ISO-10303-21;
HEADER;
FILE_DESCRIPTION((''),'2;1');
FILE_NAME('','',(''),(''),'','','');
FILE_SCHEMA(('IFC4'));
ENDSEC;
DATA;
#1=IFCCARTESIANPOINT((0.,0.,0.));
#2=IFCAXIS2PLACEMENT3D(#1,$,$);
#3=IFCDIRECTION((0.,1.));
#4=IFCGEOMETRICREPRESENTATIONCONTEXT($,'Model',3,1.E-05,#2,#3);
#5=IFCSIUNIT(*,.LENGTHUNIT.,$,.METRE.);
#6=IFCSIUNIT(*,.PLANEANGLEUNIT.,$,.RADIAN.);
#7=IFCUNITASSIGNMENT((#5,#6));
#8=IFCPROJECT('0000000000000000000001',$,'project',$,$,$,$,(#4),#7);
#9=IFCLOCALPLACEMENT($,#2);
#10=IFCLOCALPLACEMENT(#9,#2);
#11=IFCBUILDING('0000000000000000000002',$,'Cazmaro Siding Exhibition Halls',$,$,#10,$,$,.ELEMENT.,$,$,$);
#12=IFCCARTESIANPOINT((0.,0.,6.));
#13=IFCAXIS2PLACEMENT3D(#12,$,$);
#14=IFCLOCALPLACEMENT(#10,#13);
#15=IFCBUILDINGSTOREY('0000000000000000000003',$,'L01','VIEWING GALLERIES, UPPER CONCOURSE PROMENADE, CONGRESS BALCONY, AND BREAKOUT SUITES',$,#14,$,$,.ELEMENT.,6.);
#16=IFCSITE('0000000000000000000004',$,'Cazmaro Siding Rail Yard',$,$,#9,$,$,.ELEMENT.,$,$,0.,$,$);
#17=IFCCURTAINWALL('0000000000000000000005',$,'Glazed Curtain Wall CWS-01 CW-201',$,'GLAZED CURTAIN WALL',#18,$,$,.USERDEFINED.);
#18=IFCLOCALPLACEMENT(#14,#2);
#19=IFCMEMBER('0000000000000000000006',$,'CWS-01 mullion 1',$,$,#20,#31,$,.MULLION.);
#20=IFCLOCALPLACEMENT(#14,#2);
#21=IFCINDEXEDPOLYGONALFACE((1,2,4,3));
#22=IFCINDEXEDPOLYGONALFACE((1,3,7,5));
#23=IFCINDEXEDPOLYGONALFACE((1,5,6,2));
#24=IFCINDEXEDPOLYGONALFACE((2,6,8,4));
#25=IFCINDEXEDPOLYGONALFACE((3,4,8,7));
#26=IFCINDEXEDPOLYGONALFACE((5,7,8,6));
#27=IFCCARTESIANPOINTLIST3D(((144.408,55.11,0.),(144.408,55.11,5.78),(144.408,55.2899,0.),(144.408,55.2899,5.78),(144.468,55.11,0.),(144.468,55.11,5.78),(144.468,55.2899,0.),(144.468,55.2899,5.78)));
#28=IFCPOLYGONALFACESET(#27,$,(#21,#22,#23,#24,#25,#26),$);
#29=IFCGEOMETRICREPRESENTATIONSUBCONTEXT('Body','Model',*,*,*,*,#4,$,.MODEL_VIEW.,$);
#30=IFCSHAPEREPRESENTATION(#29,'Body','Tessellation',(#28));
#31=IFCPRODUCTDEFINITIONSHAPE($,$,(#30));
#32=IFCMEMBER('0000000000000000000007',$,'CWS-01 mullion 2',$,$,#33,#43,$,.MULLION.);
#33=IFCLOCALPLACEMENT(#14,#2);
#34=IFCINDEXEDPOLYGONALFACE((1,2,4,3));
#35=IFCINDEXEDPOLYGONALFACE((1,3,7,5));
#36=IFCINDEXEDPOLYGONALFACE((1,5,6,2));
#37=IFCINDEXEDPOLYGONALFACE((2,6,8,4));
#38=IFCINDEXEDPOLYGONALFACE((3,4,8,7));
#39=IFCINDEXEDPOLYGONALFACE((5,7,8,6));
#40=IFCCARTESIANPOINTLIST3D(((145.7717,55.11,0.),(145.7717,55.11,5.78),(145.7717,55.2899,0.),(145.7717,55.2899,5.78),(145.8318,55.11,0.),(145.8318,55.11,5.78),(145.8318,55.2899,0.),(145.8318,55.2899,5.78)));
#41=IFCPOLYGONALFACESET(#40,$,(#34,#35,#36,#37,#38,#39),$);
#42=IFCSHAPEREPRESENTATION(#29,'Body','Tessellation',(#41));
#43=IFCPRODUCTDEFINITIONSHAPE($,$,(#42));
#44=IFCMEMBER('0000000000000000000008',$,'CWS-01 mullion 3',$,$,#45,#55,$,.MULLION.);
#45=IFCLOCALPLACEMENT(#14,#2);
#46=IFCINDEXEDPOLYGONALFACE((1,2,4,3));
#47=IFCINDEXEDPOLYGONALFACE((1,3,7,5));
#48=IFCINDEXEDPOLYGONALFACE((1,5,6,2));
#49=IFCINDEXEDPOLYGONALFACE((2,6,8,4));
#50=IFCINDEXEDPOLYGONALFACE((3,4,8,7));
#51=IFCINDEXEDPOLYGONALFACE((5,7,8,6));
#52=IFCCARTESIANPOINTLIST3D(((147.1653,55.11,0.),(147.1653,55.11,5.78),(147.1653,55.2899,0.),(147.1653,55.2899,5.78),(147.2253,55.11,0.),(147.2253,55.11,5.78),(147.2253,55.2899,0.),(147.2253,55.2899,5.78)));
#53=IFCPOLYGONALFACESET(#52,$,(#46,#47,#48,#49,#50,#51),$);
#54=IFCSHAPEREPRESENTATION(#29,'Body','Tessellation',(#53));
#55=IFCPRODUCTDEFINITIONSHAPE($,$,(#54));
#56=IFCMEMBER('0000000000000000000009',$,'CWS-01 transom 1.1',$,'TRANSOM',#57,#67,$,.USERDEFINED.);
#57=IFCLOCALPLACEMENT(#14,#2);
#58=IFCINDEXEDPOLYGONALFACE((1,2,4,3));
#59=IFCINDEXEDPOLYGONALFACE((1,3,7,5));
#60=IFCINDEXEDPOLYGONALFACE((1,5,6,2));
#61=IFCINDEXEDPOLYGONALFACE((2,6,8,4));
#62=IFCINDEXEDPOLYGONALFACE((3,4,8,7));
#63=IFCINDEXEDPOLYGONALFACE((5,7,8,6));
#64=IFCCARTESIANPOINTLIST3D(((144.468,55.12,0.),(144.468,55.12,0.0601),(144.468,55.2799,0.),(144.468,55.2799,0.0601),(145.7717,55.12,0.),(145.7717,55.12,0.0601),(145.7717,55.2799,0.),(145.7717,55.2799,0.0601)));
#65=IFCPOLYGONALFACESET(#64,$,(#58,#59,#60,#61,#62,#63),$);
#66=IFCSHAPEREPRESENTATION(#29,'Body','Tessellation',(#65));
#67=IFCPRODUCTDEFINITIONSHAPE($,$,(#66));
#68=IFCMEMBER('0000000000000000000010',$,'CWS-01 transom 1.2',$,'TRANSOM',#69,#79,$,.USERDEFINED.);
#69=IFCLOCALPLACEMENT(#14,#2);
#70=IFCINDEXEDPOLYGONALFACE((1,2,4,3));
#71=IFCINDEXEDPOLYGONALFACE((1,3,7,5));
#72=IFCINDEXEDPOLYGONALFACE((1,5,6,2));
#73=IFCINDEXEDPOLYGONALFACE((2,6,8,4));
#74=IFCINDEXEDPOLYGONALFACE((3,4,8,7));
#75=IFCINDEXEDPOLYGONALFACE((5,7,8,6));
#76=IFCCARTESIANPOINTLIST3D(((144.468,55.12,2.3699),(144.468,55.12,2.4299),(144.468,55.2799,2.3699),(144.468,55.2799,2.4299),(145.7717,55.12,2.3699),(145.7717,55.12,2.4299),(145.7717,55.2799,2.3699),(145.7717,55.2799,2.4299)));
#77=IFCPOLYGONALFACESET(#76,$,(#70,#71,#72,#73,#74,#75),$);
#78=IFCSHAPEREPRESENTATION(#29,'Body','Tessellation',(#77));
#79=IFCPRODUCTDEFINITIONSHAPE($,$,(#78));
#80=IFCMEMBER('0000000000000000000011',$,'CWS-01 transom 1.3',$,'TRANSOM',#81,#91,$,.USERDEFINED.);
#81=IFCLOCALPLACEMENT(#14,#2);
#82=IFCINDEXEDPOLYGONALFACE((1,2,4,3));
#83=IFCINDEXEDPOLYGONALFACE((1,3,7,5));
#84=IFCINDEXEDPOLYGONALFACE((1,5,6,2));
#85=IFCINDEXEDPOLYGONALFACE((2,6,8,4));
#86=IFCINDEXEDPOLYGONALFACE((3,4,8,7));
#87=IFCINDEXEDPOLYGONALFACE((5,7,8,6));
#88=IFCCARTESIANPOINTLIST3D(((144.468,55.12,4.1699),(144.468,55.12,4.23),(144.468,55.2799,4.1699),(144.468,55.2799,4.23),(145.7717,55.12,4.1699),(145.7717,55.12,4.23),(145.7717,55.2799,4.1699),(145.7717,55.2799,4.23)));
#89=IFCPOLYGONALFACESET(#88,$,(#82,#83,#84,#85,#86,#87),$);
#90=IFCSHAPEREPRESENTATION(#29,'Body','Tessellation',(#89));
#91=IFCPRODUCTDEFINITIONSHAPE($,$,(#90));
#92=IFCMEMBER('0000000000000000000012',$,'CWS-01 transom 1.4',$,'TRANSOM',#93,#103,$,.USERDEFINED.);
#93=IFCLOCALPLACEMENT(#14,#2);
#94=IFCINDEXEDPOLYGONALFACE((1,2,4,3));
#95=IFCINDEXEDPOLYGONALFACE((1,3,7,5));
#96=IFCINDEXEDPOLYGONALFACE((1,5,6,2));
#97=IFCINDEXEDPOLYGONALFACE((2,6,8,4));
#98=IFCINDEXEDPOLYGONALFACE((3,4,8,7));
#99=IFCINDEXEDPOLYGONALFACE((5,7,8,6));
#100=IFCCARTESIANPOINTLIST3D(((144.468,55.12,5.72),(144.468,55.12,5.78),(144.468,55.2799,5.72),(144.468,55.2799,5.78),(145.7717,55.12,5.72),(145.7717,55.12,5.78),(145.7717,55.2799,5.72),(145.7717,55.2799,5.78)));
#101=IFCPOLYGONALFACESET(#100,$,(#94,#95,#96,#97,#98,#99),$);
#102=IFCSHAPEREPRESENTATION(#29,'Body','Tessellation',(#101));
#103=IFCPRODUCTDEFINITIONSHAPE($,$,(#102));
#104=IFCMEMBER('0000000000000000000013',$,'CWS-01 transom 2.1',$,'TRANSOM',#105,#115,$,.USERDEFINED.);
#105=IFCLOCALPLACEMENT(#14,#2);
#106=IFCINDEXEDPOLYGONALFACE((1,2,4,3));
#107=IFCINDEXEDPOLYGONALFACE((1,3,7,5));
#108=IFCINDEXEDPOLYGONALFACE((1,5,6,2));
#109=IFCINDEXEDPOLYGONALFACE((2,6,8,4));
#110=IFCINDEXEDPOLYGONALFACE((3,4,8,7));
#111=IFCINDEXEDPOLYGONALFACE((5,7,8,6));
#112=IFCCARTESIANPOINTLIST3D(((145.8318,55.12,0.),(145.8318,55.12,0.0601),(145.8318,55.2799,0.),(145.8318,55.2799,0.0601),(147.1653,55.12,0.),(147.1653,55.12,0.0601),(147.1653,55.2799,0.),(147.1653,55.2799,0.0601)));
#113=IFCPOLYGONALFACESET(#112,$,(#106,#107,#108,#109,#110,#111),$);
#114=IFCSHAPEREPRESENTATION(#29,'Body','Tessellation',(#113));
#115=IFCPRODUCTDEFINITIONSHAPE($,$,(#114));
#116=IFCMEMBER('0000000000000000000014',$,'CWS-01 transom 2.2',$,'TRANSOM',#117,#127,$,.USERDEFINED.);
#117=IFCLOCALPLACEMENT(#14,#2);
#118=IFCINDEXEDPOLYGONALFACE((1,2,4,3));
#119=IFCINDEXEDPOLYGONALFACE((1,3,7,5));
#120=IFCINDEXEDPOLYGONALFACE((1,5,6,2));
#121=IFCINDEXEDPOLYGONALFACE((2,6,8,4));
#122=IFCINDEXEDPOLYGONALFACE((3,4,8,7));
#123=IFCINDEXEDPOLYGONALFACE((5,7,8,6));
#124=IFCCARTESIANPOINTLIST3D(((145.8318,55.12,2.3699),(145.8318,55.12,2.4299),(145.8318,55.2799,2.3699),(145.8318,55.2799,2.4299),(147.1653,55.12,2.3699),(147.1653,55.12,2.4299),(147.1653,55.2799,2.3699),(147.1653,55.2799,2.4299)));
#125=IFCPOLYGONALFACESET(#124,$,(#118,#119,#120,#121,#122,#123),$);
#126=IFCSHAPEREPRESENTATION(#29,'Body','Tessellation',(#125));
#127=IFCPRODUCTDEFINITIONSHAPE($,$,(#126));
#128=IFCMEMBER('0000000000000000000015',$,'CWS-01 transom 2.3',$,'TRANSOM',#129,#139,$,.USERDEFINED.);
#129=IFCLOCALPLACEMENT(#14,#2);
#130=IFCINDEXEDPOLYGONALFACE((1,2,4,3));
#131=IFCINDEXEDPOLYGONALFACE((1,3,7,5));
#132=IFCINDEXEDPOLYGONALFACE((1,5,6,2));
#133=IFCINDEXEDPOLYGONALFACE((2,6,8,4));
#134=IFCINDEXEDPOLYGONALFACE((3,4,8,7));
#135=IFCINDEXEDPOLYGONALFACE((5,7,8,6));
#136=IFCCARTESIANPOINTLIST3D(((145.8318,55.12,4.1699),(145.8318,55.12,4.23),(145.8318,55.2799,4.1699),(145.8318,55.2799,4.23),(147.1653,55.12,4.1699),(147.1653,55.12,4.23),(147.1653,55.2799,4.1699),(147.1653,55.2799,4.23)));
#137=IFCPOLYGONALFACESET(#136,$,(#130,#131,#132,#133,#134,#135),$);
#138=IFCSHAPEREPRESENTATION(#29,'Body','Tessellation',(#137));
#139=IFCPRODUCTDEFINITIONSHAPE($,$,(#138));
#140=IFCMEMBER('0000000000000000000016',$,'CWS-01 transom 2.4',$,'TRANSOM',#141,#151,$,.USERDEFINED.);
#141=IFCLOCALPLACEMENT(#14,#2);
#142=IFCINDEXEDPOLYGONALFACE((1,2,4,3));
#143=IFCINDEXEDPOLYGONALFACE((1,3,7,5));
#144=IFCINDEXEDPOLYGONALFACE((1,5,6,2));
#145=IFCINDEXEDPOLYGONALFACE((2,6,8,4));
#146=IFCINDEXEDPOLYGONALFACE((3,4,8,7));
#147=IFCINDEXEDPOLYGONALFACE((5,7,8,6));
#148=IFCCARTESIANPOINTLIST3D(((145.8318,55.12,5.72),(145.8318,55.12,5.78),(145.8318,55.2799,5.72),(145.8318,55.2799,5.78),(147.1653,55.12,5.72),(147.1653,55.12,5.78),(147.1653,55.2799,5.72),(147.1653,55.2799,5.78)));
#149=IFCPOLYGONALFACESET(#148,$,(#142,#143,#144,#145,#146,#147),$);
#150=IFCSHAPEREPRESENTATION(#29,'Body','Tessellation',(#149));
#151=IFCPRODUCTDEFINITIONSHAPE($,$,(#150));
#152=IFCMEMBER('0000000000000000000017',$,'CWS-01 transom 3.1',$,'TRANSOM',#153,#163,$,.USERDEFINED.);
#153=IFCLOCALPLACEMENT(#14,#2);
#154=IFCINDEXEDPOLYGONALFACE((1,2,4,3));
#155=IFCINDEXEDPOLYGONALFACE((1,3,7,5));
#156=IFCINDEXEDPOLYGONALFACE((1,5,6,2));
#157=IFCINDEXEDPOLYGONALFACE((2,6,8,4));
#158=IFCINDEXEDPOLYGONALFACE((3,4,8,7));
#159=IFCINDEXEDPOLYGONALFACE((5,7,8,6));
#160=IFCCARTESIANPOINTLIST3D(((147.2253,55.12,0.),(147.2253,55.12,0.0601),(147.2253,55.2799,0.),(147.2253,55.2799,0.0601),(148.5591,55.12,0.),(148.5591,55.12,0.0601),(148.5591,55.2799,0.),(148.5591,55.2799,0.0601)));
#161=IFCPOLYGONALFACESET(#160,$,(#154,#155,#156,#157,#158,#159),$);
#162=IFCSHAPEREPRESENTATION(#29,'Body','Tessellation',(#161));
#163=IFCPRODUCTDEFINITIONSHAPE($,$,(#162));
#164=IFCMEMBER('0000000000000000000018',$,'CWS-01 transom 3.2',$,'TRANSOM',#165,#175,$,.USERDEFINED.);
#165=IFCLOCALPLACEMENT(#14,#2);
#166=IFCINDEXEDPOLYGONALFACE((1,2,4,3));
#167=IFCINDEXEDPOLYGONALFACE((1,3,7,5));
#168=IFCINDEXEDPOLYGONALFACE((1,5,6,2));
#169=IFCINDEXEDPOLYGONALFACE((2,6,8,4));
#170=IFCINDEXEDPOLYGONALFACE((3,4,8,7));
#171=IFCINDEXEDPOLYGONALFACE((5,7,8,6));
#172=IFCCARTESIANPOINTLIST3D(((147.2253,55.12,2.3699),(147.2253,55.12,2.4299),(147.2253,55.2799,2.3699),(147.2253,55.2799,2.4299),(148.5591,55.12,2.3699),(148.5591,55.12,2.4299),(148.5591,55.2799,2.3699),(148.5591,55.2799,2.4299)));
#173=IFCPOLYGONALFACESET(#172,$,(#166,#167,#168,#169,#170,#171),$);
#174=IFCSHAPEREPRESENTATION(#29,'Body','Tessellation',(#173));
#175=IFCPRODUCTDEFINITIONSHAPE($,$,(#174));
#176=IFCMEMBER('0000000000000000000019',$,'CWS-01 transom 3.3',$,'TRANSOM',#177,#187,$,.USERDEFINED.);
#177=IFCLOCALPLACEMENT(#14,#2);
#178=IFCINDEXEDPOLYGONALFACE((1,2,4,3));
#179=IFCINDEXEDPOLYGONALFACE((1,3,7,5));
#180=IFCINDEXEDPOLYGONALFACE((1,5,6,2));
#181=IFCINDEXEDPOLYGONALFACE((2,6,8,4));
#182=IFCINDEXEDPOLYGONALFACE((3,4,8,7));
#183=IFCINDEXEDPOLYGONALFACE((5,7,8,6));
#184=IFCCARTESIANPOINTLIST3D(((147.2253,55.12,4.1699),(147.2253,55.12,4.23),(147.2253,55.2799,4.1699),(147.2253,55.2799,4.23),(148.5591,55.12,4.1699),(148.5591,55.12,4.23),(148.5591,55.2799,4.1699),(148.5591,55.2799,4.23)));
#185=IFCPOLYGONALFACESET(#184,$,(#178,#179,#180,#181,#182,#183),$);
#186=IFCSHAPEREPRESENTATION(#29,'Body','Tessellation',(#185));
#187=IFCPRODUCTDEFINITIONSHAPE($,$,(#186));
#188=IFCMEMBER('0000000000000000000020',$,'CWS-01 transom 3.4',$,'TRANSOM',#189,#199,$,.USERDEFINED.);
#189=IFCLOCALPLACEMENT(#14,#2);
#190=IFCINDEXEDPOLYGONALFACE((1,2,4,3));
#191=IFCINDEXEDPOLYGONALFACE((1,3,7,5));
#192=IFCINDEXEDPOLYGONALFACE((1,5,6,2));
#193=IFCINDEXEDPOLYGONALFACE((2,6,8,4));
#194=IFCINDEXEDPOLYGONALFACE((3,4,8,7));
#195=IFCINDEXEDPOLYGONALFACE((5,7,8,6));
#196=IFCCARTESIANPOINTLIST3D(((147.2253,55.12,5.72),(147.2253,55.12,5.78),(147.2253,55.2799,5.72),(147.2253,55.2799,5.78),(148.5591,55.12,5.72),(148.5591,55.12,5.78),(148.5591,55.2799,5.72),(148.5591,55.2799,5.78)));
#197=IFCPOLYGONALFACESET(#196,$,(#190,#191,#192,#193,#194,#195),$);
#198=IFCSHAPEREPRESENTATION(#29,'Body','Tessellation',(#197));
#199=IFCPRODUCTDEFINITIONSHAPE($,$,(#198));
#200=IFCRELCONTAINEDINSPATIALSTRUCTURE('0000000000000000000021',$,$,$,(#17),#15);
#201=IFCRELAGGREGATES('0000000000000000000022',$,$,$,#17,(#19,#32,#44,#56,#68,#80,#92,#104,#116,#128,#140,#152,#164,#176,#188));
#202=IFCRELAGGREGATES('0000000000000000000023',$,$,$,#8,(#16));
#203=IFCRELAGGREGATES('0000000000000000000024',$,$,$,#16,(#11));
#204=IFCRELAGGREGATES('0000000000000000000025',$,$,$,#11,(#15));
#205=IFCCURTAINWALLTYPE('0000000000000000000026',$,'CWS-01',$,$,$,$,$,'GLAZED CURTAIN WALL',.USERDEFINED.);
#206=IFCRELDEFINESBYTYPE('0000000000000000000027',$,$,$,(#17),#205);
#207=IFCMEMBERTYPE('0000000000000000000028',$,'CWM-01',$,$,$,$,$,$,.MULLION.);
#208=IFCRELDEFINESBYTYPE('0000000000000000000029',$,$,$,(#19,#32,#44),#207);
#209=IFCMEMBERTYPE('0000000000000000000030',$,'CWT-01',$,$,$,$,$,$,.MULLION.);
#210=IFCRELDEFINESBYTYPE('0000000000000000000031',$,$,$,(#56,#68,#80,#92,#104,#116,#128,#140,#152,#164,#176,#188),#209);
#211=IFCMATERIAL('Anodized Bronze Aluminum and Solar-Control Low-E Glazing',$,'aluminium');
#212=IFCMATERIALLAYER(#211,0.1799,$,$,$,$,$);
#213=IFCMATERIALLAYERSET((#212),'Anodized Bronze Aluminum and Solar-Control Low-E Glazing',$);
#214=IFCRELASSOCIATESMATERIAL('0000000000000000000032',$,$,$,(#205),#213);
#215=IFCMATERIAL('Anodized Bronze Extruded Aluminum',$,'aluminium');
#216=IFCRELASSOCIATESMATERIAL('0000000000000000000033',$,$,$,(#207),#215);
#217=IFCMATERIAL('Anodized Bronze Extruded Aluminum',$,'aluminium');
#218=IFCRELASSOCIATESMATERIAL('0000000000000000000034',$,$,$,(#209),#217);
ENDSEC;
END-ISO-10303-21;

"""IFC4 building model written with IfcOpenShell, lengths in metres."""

from ifc_helpers import new_model, si_unit, direction, frame, origin, origin_2d, place, context, subcontext, project, spatial, rectangle, extrude, material, layer, layer_set, material_profile, profile_set, type_object, element, aggregate, save


model = new_model("IFC4")

# Units and contexts
model_context = context("Model", 3, precision=1e-05, world=origin(), true_north=direction((0.0, 1.0)))
body_context = subcontext(model_context, "Body", "Model", "MODEL_VIEW")
ifc_project = project(units=[si_unit("LENGTHUNIT", "METRE"), si_unit("PLANEANGLEUNIT", "RADIAN")], contexts=[model_context])

# Site, building, storey
site_placement = place(None, origin())
site = spatial("IfcSite", under=ifc_project, at=site_placement, Name="Cazmaro Siding Rail Yard", CompositionType="ELEMENT", RefElevation=0.0)
building_placement = place(site_placement, origin())
building = spatial("IfcBuilding", under=site, at=building_placement, Name="Cazmaro Siding Exhibition Halls", CompositionType="ELEMENT")
storey_placement = place(building_placement, frame((0.0, 0.0, 6.0)))
storey = spatial("IfcBuildingStorey", under=building, at=storey_placement, Name="L01", Description="VIEWING GALLERIES, UPPER CONCOURSE PROMENADE, CONGRESS BALCONY, AND BREAKOUT SUITES", CompositionType="ELEMENT", Elevation=6.0)

# Curtain wall, members
ifc_material_1 = material(Name="Anodized Bronze Aluminum and Solar-Control Low-E Glazing", Category="aluminium")
ifc_layer_1 = layer(ifc_material_1, 0.1799)
ifc_layer_set_1 = layer_set([ifc_layer_1], Name="Anodized Bronze Aluminum and Solar-Control Low-E Glazing")
curtain_wall_type = type_object("IfcCurtainWallType", Name="CWS-01", ElementType="GLAZED CURTAIN WALL", PredefinedType="USERDEFINED", material=ifc_layer_set_1)
curtain_wall_placement = place(storey_placement, origin())
curtain_wall = element("IfcCurtainWall", 1, at=curtain_wall_placement, inside=storey, type_object=curtain_wall_type, Name="Glazed Curtain Wall CWS-01 CW-201", ObjectType="GLAZED CURTAIN WALL", PredefinedType="USERDEFINED")
ifc_material_2 = material(Name="Anodized Bronze Extruded Aluminum", Category="aluminium")
ifc_material_profile_1 = material_profile(ifc_material_2, rectangle(XDim=0.1799, YDim=0.0601, at=origin_2d()), Name="CWM-01")
ifc_profile_set_1 = profile_set([ifc_material_profile_1], Name="Anodized Bronze Extruded Aluminum")
member_type_1 = type_object("IfcMemberType", Name="CWM-01", PredefinedType="MULLION", material=ifc_profile_set_1)
member_1_placement = place(storey_placement, frame((144.438, 55.2, 0.0), z_axis=(0.0, 0.0, 1.0), x_axis=(0.0, 1.0, 0.0)))
member_1 = element("IfcMember", 2, at=member_1_placement, type_object=member_type_1, Name="CWS-01 mullion 1", PredefinedType="MULLION", context=body_context, shape_type="SweptSolid", body=[
    extrude(rectangle(XDim=0.1799, YDim=0.0601, at=origin_2d()), origin(), (0.0, 0.0, 1.0), 5.78),
])
member_2_placement = place(storey_placement, frame((145.8018, 55.2, 0.0), z_axis=(0.0, 0.0, 1.0), x_axis=(0.0, 1.0, 0.0)))
member_2 = element("IfcMember", 3, at=member_2_placement, type_object=member_type_1, Name="CWS-01 mullion 2", PredefinedType="MULLION", context=body_context, shape_type="SweptSolid", body=[
    extrude(rectangle(XDim=0.1799, YDim=0.0601, at=origin_2d()), origin(), (0.0, 0.0, 1.0), 5.78),
])
member_3_placement = place(storey_placement, frame((147.1953, 55.2, 0.0), z_axis=(0.0, 0.0, 1.0), x_axis=(0.0, 1.0, 0.0)))
member_3 = element("IfcMember", 4, at=member_3_placement, type_object=member_type_1, Name="CWS-01 mullion 3", PredefinedType="MULLION", context=body_context, shape_type="SweptSolid", body=[
    extrude(rectangle(XDim=0.1799, YDim=0.0601, at=origin_2d()), origin(), (0.0, 0.0, 1.0), 5.78),
])
ifc_material_3 = material(Name="Anodized Bronze Extruded Aluminum", Category="aluminium")
ifc_material_profile_2 = material_profile(ifc_material_3, rectangle(XDim=0.1599, YDim=0.0601, at=origin_2d()), Name="CWT-01")
ifc_profile_set_2 = profile_set([ifc_material_profile_2], Name="Anodized Bronze Extruded Aluminum")
member_type_2 = type_object("IfcMemberType", Name="CWT-01", PredefinedType="MULLION", material=ifc_profile_set_2)
member_4_placement = place(storey_placement, frame((144.468, 55.2, 0.03), z_axis=(1.0, 0.0, 0.0), x_axis=(0.0, 1.0, 0.0)))
member_4 = element("IfcMember", 5, at=member_4_placement, type_object=member_type_2, Name="CWS-01 transom 1.1", ObjectType="TRANSOM", PredefinedType="USERDEFINED", context=body_context, shape_type="SweptSolid", body=[
    extrude(rectangle(XDim=0.1599, YDim=0.0601, at=origin_2d()), origin(), (0.0, 0.0, 1.0), 1.3037),
])
member_5_placement = place(storey_placement, frame((144.468, 55.2, 2.3999), z_axis=(1.0, 0.0, 0.0), x_axis=(0.0, 1.0, 0.0)))
member_5 = element("IfcMember", 6, at=member_5_placement, type_object=member_type_2, Name="CWS-01 transom 1.2", ObjectType="TRANSOM", PredefinedType="USERDEFINED", context=body_context, shape_type="SweptSolid", body=[
    extrude(rectangle(XDim=0.1599, YDim=0.0601, at=origin_2d()), origin(), (0.0, 0.0, 1.0), 1.3037),
])
member_6_placement = place(storey_placement, frame((144.468, 55.2, 4.2), z_axis=(1.0, 0.0, 0.0), x_axis=(0.0, 1.0, 0.0)))
member_6 = element("IfcMember", 7, at=member_6_placement, type_object=member_type_2, Name="CWS-01 transom 1.3", ObjectType="TRANSOM", PredefinedType="USERDEFINED", context=body_context, shape_type="SweptSolid", body=[
    extrude(rectangle(XDim=0.1599, YDim=0.0601, at=origin_2d()), origin(), (0.0, 0.0, 1.0), 1.3037),
])
member_7_placement = place(storey_placement, frame((144.468, 55.2, 5.75), z_axis=(1.0, 0.0, 0.0), x_axis=(0.0, 1.0, 0.0)))
member_7 = element("IfcMember", 8, at=member_7_placement, type_object=member_type_2, Name="CWS-01 transom 1.4", ObjectType="TRANSOM", PredefinedType="USERDEFINED", context=body_context, shape_type="SweptSolid", body=[
    extrude(rectangle(XDim=0.1599, YDim=0.0601, at=origin_2d()), origin(), (0.0, 0.0, 1.0), 1.3037),
])
member_8_placement = place(storey_placement, frame((145.8318, 55.2, 0.03), z_axis=(1.0, 0.0, 0.0), x_axis=(0.0, 1.0, 0.0)))
member_8 = element("IfcMember", 9, at=member_8_placement, type_object=member_type_2, Name="CWS-01 transom 2.1", ObjectType="TRANSOM", PredefinedType="USERDEFINED", context=body_context, shape_type="SweptSolid", body=[
    extrude(rectangle(XDim=0.1599, YDim=0.0601, at=origin_2d()), origin(), (0.0, 0.0, 1.0), 1.3335),
])
member_9_placement = place(storey_placement, frame((145.8318, 55.2, 2.3999), z_axis=(1.0, 0.0, 0.0), x_axis=(0.0, 1.0, 0.0)))
member_9 = element("IfcMember", 10, at=member_9_placement, type_object=member_type_2, Name="CWS-01 transom 2.2", ObjectType="TRANSOM", PredefinedType="USERDEFINED", context=body_context, shape_type="SweptSolid", body=[
    extrude(rectangle(XDim=0.1599, YDim=0.0601, at=origin_2d()), origin(), (0.0, 0.0, 1.0), 1.3335),
])
member_10_placement = place(storey_placement, frame((145.8318, 55.2, 4.2), z_axis=(1.0, 0.0, 0.0), x_axis=(0.0, 1.0, 0.0)))
member_10 = element("IfcMember", 11, at=member_10_placement, type_object=member_type_2, Name="CWS-01 transom 2.3", ObjectType="TRANSOM", PredefinedType="USERDEFINED", context=body_context, shape_type="SweptSolid", body=[
    extrude(rectangle(XDim=0.1599, YDim=0.0601, at=origin_2d()), origin(), (0.0, 0.0, 1.0), 1.3335),
])
member_11_placement = place(storey_placement, frame((145.8318, 55.2, 5.75), z_axis=(1.0, 0.0, 0.0), x_axis=(0.0, 1.0, 0.0)))
member_11 = element("IfcMember", 12, at=member_11_placement, type_object=member_type_2, Name="CWS-01 transom 2.4", ObjectType="TRANSOM", PredefinedType="USERDEFINED", context=body_context, shape_type="SweptSolid", body=[
    extrude(rectangle(XDim=0.1599, YDim=0.0601, at=origin_2d()), origin(), (0.0, 0.0, 1.0), 1.3335),
])
member_12_placement = place(storey_placement, frame((147.2253, 55.2, 0.03), z_axis=(1.0, 0.0, 0.0), x_axis=(0.0, 1.0, 0.0)))
member_12 = element("IfcMember", 13, at=member_12_placement, type_object=member_type_2, Name="CWS-01 transom 3.1", ObjectType="TRANSOM", PredefinedType="USERDEFINED", context=body_context, shape_type="SweptSolid", body=[
    extrude(rectangle(XDim=0.1599, YDim=0.0601, at=origin_2d()), origin(), (0.0, 0.0, 1.0), 1.3337),
])
member_13_placement = place(storey_placement, frame((147.2253, 55.2, 2.3999), z_axis=(1.0, 0.0, 0.0), x_axis=(0.0, 1.0, 0.0)))
member_13 = element("IfcMember", 14, at=member_13_placement, type_object=member_type_2, Name="CWS-01 transom 3.2", ObjectType="TRANSOM", PredefinedType="USERDEFINED", context=body_context, shape_type="SweptSolid", body=[
    extrude(rectangle(XDim=0.1599, YDim=0.0601, at=origin_2d()), origin(), (0.0, 0.0, 1.0), 1.3337),
])
member_14_placement = place(storey_placement, frame((147.2253, 55.2, 4.2), z_axis=(1.0, 0.0, 0.0), x_axis=(0.0, 1.0, 0.0)))
member_14 = element("IfcMember", 15, at=member_14_placement, type_object=member_type_2, Name="CWS-01 transom 3.3", ObjectType="TRANSOM", PredefinedType="USERDEFINED", context=body_context, shape_type="SweptSolid", body=[
    extrude(rectangle(XDim=0.1599, YDim=0.0601, at=origin_2d()), origin(), (0.0, 0.0, 1.0), 1.3337),
])
member_15_placement = place(storey_placement, frame((147.2253, 55.2, 5.75), z_axis=(1.0, 0.0, 0.0), x_axis=(0.0, 1.0, 0.0)))
member_15 = element("IfcMember", 16, at=member_15_placement, type_object=member_type_2, Name="CWS-01 transom 3.4", ObjectType="TRANSOM", PredefinedType="USERDEFINED", context=body_context, shape_type="SweptSolid", body=[
    extrude(rectangle(XDim=0.1599, YDim=0.0601, at=origin_2d()), origin(), (0.0, 0.0, 1.0), 1.3337),
])
aggregate(curtain_wall, [member_1, member_2, member_3, member_4, member_5, member_6, member_7, member_8, member_9, member_10, member_11, member_12, member_13, member_14, member_15])

save(model, "model.ifc")
